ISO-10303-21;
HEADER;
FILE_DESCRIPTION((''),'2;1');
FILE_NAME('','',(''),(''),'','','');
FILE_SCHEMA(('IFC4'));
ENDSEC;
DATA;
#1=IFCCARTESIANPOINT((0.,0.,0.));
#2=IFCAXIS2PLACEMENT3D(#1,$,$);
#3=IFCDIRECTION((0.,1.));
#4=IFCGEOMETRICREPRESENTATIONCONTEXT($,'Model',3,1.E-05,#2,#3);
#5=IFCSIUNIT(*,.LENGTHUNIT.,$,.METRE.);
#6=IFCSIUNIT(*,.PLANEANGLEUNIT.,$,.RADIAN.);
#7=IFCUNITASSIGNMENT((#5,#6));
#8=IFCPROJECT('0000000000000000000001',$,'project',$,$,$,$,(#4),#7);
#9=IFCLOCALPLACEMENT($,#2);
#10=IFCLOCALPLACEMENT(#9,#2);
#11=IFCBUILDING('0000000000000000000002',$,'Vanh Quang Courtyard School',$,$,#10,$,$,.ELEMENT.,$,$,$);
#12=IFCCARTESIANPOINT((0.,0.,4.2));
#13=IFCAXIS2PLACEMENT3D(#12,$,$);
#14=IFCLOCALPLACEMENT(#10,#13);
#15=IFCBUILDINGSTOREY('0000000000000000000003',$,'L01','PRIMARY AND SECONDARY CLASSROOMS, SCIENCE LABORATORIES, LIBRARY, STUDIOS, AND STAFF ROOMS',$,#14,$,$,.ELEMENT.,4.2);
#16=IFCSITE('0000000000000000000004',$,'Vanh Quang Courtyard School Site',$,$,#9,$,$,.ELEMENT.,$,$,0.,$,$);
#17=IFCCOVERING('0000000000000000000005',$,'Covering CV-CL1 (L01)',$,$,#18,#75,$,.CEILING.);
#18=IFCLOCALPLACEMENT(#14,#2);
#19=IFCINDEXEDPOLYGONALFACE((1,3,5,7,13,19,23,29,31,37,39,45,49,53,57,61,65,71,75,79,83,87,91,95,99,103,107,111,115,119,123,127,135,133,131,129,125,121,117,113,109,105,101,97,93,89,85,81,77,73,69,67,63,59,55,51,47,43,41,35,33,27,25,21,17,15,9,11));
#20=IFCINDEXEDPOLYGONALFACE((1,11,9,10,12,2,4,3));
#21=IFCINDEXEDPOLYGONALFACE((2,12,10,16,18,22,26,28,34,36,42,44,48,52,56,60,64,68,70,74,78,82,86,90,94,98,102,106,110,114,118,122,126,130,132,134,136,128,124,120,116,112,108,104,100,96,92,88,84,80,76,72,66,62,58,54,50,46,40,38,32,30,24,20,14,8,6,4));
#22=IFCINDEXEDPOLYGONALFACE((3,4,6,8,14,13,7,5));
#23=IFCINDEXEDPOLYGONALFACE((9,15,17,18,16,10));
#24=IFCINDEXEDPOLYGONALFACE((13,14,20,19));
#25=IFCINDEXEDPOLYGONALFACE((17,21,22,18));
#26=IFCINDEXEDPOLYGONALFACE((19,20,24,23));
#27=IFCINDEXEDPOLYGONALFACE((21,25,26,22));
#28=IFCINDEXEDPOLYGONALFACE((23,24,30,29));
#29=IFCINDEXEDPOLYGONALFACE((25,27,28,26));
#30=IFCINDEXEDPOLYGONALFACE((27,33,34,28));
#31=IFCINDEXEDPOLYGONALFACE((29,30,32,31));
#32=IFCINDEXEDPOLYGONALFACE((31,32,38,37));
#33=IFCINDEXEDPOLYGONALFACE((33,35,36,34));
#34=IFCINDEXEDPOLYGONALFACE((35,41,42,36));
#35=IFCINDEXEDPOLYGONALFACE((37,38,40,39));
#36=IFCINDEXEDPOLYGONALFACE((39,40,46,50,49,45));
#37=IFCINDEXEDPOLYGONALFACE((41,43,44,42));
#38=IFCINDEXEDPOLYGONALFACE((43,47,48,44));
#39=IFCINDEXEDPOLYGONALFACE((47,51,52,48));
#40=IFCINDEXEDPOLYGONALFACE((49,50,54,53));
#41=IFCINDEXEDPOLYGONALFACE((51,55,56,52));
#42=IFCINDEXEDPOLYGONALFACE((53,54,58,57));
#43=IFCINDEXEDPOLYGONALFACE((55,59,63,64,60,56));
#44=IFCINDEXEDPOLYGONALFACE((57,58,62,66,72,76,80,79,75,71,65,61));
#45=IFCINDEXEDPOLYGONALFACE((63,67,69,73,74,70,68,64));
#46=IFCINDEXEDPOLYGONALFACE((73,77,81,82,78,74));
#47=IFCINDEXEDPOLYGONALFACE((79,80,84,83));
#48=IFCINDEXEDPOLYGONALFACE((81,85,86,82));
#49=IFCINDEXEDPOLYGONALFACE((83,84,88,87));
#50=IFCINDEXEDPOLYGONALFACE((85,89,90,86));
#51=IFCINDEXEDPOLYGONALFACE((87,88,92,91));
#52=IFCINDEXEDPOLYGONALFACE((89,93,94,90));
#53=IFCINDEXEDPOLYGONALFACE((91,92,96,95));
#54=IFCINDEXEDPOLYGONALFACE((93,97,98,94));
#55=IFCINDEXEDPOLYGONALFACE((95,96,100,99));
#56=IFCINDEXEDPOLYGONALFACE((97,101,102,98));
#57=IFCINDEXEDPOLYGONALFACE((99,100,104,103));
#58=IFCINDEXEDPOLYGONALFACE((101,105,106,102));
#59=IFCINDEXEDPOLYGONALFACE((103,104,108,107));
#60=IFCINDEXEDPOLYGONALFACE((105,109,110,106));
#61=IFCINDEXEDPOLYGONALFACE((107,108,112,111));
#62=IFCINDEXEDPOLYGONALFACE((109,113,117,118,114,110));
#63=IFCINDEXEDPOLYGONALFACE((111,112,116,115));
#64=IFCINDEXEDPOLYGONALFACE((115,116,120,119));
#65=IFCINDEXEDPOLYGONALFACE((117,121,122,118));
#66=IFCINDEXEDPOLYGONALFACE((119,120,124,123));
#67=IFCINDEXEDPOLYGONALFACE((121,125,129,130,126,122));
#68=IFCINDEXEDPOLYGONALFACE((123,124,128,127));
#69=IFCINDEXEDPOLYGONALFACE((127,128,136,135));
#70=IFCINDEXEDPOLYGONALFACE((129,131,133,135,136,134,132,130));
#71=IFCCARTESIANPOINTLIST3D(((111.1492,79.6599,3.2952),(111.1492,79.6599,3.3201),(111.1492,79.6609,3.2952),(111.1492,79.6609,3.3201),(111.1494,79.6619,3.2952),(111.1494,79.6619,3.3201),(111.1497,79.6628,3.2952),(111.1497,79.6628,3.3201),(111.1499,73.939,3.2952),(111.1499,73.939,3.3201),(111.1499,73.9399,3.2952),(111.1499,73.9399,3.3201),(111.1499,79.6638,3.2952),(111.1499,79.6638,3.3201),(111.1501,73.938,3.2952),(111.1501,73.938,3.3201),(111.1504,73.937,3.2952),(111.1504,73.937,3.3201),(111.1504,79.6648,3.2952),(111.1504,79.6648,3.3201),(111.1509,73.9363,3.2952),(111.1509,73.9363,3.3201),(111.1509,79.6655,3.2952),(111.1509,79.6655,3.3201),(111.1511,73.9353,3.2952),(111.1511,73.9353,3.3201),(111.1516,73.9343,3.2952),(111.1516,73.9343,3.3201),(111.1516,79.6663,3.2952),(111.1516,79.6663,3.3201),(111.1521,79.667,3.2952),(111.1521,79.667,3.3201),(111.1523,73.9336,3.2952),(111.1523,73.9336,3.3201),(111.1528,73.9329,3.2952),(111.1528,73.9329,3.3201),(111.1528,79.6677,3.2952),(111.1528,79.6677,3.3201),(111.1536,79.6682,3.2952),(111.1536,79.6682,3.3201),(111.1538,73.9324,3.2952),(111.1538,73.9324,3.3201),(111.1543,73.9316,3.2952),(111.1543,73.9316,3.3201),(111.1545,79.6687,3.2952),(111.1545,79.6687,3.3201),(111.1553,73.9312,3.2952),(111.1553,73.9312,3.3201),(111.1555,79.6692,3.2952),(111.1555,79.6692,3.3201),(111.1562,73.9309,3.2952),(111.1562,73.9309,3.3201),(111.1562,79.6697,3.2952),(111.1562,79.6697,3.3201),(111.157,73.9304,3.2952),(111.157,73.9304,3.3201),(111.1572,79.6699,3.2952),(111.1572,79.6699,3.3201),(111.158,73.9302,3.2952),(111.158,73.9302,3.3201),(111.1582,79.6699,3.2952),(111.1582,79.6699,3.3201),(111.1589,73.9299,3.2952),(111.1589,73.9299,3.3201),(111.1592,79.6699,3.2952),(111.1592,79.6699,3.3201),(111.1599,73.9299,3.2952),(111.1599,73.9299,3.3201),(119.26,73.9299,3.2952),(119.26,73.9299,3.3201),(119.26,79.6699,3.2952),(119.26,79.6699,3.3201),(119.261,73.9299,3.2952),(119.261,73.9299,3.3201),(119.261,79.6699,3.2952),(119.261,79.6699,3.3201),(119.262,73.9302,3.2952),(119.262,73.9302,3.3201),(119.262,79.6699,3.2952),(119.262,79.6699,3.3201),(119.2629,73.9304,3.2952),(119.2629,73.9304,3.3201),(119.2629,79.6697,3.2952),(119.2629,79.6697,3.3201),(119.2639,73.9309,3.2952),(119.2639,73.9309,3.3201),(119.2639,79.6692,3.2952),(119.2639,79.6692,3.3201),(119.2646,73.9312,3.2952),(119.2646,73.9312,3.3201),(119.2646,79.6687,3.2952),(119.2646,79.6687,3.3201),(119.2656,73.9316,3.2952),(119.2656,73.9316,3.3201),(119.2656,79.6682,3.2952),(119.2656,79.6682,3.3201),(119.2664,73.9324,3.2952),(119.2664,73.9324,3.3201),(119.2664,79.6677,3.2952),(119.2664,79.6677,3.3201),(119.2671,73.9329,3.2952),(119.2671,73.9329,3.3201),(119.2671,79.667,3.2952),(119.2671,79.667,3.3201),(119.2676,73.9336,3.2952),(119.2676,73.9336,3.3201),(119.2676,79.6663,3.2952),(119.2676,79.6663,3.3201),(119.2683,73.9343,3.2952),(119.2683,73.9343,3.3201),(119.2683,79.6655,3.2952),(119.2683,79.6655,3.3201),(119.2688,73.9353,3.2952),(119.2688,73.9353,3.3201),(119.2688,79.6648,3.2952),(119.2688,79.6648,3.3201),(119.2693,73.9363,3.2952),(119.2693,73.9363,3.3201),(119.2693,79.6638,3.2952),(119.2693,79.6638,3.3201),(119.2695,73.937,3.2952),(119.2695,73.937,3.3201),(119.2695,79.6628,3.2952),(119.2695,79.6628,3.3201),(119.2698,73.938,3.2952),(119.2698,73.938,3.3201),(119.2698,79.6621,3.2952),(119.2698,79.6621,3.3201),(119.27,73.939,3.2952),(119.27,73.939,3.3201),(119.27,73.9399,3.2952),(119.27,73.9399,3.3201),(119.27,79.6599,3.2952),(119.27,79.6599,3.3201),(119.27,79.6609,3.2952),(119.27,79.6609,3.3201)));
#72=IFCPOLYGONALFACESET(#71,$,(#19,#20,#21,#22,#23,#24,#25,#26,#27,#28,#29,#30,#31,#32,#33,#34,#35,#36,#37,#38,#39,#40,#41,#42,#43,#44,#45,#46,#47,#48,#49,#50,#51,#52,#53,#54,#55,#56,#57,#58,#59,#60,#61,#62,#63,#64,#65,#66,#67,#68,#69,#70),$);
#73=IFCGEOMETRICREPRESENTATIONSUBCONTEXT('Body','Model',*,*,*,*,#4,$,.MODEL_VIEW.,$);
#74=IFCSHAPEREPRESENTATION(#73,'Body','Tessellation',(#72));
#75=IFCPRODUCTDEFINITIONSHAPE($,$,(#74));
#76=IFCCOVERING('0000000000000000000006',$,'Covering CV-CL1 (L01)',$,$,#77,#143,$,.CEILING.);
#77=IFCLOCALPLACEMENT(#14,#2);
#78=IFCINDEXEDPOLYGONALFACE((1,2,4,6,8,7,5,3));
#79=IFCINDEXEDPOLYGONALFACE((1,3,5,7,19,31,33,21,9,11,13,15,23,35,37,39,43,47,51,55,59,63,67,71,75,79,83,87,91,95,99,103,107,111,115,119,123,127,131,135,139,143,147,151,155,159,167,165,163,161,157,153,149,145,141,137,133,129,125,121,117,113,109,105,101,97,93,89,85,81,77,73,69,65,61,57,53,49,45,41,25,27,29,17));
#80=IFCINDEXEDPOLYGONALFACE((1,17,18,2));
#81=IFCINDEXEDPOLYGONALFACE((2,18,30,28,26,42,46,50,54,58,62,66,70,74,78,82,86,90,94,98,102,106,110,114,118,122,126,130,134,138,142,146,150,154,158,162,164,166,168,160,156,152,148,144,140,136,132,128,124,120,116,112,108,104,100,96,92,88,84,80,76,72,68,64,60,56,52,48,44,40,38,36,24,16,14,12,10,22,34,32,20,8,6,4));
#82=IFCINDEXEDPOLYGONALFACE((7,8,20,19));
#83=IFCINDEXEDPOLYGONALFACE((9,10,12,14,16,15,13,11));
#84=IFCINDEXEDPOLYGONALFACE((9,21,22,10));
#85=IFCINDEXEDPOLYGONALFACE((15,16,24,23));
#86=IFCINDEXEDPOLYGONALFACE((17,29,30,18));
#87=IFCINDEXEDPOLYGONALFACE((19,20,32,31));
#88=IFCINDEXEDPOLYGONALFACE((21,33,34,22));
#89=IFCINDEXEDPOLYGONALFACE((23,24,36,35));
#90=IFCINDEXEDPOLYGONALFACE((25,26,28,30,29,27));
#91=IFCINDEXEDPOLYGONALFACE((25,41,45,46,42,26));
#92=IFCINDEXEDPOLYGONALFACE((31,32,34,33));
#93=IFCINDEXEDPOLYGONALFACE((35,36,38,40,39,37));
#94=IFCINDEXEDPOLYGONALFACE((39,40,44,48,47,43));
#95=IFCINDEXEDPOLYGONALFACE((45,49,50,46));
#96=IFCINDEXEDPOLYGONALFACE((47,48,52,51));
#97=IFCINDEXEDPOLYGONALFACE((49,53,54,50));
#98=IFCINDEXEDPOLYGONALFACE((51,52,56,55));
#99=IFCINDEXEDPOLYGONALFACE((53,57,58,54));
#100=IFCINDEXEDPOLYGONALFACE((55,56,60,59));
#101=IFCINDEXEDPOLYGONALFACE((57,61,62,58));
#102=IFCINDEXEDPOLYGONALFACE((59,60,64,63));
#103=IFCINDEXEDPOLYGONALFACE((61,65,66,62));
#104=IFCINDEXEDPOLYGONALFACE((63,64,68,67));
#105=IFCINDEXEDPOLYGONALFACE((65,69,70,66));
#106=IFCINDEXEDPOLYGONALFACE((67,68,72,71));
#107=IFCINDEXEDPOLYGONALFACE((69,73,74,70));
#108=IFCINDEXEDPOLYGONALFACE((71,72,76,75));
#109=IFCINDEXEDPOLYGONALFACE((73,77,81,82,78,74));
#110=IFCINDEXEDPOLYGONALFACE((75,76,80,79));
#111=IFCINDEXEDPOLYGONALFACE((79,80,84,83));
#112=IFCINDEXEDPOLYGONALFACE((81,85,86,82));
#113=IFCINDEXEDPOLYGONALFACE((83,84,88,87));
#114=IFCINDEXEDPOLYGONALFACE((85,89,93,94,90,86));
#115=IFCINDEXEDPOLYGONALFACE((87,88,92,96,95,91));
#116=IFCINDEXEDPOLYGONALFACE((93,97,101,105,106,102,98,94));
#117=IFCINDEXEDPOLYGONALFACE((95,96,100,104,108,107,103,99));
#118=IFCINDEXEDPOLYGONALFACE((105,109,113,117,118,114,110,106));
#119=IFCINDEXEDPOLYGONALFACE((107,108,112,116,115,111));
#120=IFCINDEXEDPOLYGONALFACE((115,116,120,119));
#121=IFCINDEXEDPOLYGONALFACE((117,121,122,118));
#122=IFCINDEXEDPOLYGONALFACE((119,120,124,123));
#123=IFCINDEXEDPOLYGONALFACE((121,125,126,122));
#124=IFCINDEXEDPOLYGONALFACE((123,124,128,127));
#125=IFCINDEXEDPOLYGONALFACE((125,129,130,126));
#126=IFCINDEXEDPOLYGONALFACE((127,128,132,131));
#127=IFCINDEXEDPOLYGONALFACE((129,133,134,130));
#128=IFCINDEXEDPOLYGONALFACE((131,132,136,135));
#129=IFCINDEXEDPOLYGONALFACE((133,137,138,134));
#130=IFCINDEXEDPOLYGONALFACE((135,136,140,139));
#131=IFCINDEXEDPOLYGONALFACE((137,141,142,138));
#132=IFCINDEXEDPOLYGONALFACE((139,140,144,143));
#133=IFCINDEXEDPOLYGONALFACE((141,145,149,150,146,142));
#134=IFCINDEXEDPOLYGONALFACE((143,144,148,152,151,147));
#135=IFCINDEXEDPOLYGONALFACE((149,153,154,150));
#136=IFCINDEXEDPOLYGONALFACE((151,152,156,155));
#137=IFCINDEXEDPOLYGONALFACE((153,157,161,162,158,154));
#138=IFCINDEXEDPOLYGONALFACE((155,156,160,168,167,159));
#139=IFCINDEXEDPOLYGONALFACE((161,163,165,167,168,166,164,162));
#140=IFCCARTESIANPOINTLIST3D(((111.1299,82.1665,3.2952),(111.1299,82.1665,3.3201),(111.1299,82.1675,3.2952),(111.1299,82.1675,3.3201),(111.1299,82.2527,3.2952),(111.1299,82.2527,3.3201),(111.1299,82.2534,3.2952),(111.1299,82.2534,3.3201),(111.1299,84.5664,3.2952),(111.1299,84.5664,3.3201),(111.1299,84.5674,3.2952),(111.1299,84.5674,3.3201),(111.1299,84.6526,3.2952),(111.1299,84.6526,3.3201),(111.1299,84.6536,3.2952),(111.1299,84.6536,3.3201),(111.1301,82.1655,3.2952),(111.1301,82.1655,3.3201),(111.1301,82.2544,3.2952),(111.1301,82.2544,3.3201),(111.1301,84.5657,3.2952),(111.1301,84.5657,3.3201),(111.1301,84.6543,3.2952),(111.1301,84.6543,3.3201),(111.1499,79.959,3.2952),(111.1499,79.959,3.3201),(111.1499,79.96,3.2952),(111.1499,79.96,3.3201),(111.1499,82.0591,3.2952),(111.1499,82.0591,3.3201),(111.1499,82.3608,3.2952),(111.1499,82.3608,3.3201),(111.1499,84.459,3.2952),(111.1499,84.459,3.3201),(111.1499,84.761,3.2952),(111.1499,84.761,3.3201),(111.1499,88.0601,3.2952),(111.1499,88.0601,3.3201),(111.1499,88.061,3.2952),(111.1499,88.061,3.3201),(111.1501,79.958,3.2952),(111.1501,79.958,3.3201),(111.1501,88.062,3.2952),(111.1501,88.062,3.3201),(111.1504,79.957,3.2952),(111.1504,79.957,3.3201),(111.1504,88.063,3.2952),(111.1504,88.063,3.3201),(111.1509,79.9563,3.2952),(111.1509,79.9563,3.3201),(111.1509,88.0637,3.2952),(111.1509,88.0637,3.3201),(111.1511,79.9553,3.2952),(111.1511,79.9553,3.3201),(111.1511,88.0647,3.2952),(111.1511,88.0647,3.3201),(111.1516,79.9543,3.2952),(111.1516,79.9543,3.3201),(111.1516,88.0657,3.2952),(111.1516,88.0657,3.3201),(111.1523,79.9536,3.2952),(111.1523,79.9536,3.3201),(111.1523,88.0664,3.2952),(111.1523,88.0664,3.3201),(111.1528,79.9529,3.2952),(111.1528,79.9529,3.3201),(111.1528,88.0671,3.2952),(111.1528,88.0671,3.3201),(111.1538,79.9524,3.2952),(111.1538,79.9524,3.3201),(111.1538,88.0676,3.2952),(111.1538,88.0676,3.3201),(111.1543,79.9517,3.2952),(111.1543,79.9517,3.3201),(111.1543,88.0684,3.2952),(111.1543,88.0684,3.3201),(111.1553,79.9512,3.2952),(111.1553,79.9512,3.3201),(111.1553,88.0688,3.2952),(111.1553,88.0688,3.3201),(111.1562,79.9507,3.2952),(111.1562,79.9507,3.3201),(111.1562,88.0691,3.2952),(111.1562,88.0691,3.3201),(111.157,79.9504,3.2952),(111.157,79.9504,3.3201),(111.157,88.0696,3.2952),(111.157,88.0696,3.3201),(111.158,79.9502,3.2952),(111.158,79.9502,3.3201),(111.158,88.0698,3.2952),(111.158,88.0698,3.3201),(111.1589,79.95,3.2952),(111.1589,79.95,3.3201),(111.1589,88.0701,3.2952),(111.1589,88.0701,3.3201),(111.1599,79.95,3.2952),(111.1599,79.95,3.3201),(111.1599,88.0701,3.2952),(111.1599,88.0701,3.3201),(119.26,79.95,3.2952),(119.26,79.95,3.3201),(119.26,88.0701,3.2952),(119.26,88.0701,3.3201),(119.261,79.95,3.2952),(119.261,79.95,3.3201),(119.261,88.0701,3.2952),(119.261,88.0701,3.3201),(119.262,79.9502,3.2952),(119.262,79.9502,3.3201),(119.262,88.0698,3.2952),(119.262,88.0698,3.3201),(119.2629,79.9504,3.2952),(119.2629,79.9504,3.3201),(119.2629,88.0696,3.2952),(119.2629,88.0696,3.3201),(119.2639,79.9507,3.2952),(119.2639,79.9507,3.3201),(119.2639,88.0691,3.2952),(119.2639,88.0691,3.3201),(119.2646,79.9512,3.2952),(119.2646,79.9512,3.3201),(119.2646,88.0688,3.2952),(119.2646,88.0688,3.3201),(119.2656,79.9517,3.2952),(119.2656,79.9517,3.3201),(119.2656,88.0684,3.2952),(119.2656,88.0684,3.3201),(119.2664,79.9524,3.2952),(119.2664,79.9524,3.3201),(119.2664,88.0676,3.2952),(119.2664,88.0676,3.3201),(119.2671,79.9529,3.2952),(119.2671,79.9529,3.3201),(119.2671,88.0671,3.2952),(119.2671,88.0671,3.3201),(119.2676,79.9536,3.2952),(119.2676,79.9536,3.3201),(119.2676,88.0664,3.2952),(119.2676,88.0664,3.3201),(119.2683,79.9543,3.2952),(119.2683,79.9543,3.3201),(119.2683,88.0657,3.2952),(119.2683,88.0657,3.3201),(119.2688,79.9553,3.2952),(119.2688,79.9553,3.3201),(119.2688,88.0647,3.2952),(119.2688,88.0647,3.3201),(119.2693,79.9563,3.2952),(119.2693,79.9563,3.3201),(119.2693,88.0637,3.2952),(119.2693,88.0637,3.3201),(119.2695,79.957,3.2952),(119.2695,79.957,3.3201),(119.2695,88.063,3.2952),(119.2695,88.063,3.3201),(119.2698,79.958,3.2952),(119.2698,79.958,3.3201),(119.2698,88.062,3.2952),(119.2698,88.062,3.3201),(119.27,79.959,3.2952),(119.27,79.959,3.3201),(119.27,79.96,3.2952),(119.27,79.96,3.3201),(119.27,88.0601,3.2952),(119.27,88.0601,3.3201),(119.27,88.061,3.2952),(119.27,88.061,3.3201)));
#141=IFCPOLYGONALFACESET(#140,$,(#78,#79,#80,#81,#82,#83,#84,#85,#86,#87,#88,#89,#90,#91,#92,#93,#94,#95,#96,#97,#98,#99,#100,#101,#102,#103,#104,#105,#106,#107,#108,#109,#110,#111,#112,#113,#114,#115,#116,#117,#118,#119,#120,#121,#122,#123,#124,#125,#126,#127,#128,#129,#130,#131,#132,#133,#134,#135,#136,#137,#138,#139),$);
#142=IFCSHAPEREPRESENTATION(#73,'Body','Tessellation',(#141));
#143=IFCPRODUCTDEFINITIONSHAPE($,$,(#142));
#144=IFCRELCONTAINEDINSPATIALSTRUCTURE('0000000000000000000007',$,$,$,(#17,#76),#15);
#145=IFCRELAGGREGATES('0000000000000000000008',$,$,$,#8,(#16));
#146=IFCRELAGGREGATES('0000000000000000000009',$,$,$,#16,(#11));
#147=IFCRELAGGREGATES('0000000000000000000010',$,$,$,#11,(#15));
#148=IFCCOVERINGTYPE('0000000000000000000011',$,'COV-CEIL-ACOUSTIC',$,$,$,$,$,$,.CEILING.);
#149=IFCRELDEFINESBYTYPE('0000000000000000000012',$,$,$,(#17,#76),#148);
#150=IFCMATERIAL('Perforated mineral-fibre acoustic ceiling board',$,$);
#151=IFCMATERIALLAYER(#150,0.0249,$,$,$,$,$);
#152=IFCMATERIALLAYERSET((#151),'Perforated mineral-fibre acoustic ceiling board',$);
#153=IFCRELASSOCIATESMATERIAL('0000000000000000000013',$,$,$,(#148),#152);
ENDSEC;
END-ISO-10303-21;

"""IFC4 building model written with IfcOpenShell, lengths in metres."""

from ifc_helpers import new_model, si_unit, direction, frame, origin, place, context, subcontext, project, spatial, polyline, outline, extrude, material, layer, layer_set, type_object, element, save


model = new_model("IFC4")

# Units and contexts
model_context = context("Model", 3, precision=1e-05, world=origin(), true_north=direction((0.0, 1.0)))
body_context = subcontext(model_context, "Body", "Model", "MODEL_VIEW")
ifc_project = project(units=[si_unit("LENGTHUNIT", "METRE"), si_unit("PLANEANGLEUNIT", "RADIAN")], contexts=[model_context])

# Site, building, storey
site_placement = place(None, origin())
site = spatial("IfcSite", under=ifc_project, at=site_placement, Name="Vanh Quang Courtyard School Site", CompositionType="ELEMENT", RefElevation=0.0)
building_placement = place(site_placement, origin())
building = spatial("IfcBuilding", under=site, at=building_placement, Name="Vanh Quang Courtyard School", CompositionType="ELEMENT")
storey_placement = place(building_placement, frame((0.0, 0.0, 4.2)))
storey = spatial("IfcBuildingStorey", under=building, at=storey_placement, Name="L01", Description="PRIMARY AND SECONDARY CLASSROOMS, SCIENCE LABORATORIES, LIBRARY, STUDIOS, AND STAFF ROOMS", CompositionType="ELEMENT", Elevation=4.2)

# Coverings
ifc_material_1 = material(Name="Perforated mineral-fibre acoustic ceiling board")
ifc_layer_1 = layer(ifc_material_1, 0.0249)
ifc_layer_set_1 = layer_set([ifc_layer_1], Name="Perforated mineral-fibre acoustic ceiling board")
covering_type_1 = type_object("IfcCoveringType", Name="COV-CEIL-ACOUSTIC", PredefinedType="CEILING", material=ifc_layer_set_1)
covering_1_placement = place(storey_placement, frame((0.0, 0.0, 3.2952)))
element("IfcCovering", 1, at=covering_1_placement, inside=storey, type_object=covering_type_1, Name="Covering CV-CL1 (L01)", PredefinedType="CEILING", context=body_context, shape_type="SweptSolid", body=[
    extrude(outline(polyline([(111.1599, 73.9299), (111.1589, 73.9299), (111.158, 73.9302), (111.157, 73.9304), (111.1562, 73.9309), (111.1553, 73.9312), (111.1543, 73.9316), (111.1538, 73.9324), (111.1528, 73.9329), (111.1523, 73.9336), (111.1516, 73.9343), (111.1511, 73.9353), (111.1509, 73.9363), (111.1504, 73.937), (111.1501, 73.938), (111.1499, 73.939), (111.1499, 73.9399), (111.1492, 79.6599), (111.1492, 79.6609), (111.1494, 79.6619), (111.1497, 79.6628), (111.1499, 79.6638), (111.1504, 79.6648), (111.1509, 79.6655), (111.1516, 79.6663), (111.1521, 79.667), (111.1528, 79.6677), (111.1536, 79.6682), (111.1545, 79.6687), (111.1555, 79.6692), (111.1562, 79.6697), (111.1572, 79.6699), (111.1582, 79.6699), (111.1592, 79.6699), (119.26, 79.6699), (119.261, 79.6699), (119.262, 79.6699), (119.2629, 79.6697), (119.2639, 79.6692), (119.2646, 79.6687), (119.2656, 79.6682), (119.2664, 79.6677), (119.2671, 79.667), (119.2676, 79.6663), (119.2683, 79.6655), (119.2688, 79.6648), (119.2693, 79.6638), (119.2695, 79.6628), (119.2698, 79.6621), (119.27, 79.6609), (119.27, 79.6599), (119.27, 73.9399), (119.27, 73.939), (119.2698, 73.938), (119.2695, 73.937), (119.2693, 73.9363), (119.2688, 73.9353), (119.2683, 73.9343), (119.2676, 73.9336), (119.2671, 73.9329), (119.2664, 73.9324), (119.2656, 73.9316), (119.2646, 73.9312), (119.2639, 73.9309), (119.2629, 73.9304), (119.262, 73.9302), (119.261, 73.9299), (119.26, 73.9299), (111.1599, 73.9299)])), origin(), (0.0, 0.0, 1.0), 0.0249),
])
covering_2_placement = place(storey_placement, frame((0.0, 0.0, 3.2952)))
element("IfcCovering", 2, at=covering_2_placement, inside=storey, type_object=covering_type_1, Name="Covering CV-CL1 (L01)", PredefinedType="CEILING", context=body_context, shape_type="SweptSolid", body=[
    extrude(outline(polyline([(111.1599, 79.95), (111.1589, 79.95), (111.158, 79.9502), (111.157, 79.9504), (111.1562, 79.9507), (111.1553, 79.9512), (111.1543, 79.9517), (111.1538, 79.9524), (111.1528, 79.9529), (111.1523, 79.9536), (111.1516, 79.9543), (111.1511, 79.9553), (111.1509, 79.9563), (111.1504, 79.957), (111.1501, 79.958), (111.1499, 79.959), (111.1499, 79.96), (111.1499, 82.0591), (111.1301, 82.1655), (111.1299, 82.1665), (111.1299, 82.1675), (111.1299, 82.2527), (111.1299, 82.2534), (111.1301, 82.2544), (111.1499, 82.3608), (111.1499, 84.459), (111.1301, 84.5657), (111.1299, 84.5664), (111.1299, 84.5674), (111.1299, 84.6526), (111.1299, 84.6536), (111.1301, 84.6543), (111.1499, 84.761), (111.1499, 88.0601), (111.1499, 88.061), (111.1501, 88.062), (111.1504, 88.063), (111.1509, 88.0637), (111.1511, 88.0647), (111.1516, 88.0657), (111.1523, 88.0664), (111.1528, 88.0671), (111.1538, 88.0676), (111.1543, 88.0684), (111.1553, 88.0688), (111.1562, 88.0691), (111.157, 88.0696), (111.158, 88.0698), (111.1589, 88.0701), (111.1599, 88.0701), (119.26, 88.0701), (119.261, 88.0701), (119.262, 88.0698), (119.2629, 88.0696), (119.2639, 88.0691), (119.2646, 88.0688), (119.2656, 88.0684), (119.2664, 88.0676), (119.2671, 88.0671), (119.2676, 88.0664), (119.2683, 88.0657), (119.2688, 88.0647), (119.2693, 88.0637), (119.2695, 88.063), (119.2698, 88.062), (119.27, 88.061), (119.27, 88.0601), (119.27, 79.96), (119.27, 79.959), (119.2698, 79.958), (119.2695, 79.957), (119.2693, 79.9563), (119.2688, 79.9553), (119.2683, 79.9543), (119.2676, 79.9536), (119.2671, 79.9529), (119.2664, 79.9524), (119.2656, 79.9517), (119.2646, 79.9512), (119.2639, 79.9507), (119.2629, 79.9504), (119.262, 79.9502), (119.261, 79.95), (119.26, 79.95), (111.1599, 79.95)])), origin(), (0.0, 0.0, 1.0), 0.0249),
])

save(model, "model.ifc")
